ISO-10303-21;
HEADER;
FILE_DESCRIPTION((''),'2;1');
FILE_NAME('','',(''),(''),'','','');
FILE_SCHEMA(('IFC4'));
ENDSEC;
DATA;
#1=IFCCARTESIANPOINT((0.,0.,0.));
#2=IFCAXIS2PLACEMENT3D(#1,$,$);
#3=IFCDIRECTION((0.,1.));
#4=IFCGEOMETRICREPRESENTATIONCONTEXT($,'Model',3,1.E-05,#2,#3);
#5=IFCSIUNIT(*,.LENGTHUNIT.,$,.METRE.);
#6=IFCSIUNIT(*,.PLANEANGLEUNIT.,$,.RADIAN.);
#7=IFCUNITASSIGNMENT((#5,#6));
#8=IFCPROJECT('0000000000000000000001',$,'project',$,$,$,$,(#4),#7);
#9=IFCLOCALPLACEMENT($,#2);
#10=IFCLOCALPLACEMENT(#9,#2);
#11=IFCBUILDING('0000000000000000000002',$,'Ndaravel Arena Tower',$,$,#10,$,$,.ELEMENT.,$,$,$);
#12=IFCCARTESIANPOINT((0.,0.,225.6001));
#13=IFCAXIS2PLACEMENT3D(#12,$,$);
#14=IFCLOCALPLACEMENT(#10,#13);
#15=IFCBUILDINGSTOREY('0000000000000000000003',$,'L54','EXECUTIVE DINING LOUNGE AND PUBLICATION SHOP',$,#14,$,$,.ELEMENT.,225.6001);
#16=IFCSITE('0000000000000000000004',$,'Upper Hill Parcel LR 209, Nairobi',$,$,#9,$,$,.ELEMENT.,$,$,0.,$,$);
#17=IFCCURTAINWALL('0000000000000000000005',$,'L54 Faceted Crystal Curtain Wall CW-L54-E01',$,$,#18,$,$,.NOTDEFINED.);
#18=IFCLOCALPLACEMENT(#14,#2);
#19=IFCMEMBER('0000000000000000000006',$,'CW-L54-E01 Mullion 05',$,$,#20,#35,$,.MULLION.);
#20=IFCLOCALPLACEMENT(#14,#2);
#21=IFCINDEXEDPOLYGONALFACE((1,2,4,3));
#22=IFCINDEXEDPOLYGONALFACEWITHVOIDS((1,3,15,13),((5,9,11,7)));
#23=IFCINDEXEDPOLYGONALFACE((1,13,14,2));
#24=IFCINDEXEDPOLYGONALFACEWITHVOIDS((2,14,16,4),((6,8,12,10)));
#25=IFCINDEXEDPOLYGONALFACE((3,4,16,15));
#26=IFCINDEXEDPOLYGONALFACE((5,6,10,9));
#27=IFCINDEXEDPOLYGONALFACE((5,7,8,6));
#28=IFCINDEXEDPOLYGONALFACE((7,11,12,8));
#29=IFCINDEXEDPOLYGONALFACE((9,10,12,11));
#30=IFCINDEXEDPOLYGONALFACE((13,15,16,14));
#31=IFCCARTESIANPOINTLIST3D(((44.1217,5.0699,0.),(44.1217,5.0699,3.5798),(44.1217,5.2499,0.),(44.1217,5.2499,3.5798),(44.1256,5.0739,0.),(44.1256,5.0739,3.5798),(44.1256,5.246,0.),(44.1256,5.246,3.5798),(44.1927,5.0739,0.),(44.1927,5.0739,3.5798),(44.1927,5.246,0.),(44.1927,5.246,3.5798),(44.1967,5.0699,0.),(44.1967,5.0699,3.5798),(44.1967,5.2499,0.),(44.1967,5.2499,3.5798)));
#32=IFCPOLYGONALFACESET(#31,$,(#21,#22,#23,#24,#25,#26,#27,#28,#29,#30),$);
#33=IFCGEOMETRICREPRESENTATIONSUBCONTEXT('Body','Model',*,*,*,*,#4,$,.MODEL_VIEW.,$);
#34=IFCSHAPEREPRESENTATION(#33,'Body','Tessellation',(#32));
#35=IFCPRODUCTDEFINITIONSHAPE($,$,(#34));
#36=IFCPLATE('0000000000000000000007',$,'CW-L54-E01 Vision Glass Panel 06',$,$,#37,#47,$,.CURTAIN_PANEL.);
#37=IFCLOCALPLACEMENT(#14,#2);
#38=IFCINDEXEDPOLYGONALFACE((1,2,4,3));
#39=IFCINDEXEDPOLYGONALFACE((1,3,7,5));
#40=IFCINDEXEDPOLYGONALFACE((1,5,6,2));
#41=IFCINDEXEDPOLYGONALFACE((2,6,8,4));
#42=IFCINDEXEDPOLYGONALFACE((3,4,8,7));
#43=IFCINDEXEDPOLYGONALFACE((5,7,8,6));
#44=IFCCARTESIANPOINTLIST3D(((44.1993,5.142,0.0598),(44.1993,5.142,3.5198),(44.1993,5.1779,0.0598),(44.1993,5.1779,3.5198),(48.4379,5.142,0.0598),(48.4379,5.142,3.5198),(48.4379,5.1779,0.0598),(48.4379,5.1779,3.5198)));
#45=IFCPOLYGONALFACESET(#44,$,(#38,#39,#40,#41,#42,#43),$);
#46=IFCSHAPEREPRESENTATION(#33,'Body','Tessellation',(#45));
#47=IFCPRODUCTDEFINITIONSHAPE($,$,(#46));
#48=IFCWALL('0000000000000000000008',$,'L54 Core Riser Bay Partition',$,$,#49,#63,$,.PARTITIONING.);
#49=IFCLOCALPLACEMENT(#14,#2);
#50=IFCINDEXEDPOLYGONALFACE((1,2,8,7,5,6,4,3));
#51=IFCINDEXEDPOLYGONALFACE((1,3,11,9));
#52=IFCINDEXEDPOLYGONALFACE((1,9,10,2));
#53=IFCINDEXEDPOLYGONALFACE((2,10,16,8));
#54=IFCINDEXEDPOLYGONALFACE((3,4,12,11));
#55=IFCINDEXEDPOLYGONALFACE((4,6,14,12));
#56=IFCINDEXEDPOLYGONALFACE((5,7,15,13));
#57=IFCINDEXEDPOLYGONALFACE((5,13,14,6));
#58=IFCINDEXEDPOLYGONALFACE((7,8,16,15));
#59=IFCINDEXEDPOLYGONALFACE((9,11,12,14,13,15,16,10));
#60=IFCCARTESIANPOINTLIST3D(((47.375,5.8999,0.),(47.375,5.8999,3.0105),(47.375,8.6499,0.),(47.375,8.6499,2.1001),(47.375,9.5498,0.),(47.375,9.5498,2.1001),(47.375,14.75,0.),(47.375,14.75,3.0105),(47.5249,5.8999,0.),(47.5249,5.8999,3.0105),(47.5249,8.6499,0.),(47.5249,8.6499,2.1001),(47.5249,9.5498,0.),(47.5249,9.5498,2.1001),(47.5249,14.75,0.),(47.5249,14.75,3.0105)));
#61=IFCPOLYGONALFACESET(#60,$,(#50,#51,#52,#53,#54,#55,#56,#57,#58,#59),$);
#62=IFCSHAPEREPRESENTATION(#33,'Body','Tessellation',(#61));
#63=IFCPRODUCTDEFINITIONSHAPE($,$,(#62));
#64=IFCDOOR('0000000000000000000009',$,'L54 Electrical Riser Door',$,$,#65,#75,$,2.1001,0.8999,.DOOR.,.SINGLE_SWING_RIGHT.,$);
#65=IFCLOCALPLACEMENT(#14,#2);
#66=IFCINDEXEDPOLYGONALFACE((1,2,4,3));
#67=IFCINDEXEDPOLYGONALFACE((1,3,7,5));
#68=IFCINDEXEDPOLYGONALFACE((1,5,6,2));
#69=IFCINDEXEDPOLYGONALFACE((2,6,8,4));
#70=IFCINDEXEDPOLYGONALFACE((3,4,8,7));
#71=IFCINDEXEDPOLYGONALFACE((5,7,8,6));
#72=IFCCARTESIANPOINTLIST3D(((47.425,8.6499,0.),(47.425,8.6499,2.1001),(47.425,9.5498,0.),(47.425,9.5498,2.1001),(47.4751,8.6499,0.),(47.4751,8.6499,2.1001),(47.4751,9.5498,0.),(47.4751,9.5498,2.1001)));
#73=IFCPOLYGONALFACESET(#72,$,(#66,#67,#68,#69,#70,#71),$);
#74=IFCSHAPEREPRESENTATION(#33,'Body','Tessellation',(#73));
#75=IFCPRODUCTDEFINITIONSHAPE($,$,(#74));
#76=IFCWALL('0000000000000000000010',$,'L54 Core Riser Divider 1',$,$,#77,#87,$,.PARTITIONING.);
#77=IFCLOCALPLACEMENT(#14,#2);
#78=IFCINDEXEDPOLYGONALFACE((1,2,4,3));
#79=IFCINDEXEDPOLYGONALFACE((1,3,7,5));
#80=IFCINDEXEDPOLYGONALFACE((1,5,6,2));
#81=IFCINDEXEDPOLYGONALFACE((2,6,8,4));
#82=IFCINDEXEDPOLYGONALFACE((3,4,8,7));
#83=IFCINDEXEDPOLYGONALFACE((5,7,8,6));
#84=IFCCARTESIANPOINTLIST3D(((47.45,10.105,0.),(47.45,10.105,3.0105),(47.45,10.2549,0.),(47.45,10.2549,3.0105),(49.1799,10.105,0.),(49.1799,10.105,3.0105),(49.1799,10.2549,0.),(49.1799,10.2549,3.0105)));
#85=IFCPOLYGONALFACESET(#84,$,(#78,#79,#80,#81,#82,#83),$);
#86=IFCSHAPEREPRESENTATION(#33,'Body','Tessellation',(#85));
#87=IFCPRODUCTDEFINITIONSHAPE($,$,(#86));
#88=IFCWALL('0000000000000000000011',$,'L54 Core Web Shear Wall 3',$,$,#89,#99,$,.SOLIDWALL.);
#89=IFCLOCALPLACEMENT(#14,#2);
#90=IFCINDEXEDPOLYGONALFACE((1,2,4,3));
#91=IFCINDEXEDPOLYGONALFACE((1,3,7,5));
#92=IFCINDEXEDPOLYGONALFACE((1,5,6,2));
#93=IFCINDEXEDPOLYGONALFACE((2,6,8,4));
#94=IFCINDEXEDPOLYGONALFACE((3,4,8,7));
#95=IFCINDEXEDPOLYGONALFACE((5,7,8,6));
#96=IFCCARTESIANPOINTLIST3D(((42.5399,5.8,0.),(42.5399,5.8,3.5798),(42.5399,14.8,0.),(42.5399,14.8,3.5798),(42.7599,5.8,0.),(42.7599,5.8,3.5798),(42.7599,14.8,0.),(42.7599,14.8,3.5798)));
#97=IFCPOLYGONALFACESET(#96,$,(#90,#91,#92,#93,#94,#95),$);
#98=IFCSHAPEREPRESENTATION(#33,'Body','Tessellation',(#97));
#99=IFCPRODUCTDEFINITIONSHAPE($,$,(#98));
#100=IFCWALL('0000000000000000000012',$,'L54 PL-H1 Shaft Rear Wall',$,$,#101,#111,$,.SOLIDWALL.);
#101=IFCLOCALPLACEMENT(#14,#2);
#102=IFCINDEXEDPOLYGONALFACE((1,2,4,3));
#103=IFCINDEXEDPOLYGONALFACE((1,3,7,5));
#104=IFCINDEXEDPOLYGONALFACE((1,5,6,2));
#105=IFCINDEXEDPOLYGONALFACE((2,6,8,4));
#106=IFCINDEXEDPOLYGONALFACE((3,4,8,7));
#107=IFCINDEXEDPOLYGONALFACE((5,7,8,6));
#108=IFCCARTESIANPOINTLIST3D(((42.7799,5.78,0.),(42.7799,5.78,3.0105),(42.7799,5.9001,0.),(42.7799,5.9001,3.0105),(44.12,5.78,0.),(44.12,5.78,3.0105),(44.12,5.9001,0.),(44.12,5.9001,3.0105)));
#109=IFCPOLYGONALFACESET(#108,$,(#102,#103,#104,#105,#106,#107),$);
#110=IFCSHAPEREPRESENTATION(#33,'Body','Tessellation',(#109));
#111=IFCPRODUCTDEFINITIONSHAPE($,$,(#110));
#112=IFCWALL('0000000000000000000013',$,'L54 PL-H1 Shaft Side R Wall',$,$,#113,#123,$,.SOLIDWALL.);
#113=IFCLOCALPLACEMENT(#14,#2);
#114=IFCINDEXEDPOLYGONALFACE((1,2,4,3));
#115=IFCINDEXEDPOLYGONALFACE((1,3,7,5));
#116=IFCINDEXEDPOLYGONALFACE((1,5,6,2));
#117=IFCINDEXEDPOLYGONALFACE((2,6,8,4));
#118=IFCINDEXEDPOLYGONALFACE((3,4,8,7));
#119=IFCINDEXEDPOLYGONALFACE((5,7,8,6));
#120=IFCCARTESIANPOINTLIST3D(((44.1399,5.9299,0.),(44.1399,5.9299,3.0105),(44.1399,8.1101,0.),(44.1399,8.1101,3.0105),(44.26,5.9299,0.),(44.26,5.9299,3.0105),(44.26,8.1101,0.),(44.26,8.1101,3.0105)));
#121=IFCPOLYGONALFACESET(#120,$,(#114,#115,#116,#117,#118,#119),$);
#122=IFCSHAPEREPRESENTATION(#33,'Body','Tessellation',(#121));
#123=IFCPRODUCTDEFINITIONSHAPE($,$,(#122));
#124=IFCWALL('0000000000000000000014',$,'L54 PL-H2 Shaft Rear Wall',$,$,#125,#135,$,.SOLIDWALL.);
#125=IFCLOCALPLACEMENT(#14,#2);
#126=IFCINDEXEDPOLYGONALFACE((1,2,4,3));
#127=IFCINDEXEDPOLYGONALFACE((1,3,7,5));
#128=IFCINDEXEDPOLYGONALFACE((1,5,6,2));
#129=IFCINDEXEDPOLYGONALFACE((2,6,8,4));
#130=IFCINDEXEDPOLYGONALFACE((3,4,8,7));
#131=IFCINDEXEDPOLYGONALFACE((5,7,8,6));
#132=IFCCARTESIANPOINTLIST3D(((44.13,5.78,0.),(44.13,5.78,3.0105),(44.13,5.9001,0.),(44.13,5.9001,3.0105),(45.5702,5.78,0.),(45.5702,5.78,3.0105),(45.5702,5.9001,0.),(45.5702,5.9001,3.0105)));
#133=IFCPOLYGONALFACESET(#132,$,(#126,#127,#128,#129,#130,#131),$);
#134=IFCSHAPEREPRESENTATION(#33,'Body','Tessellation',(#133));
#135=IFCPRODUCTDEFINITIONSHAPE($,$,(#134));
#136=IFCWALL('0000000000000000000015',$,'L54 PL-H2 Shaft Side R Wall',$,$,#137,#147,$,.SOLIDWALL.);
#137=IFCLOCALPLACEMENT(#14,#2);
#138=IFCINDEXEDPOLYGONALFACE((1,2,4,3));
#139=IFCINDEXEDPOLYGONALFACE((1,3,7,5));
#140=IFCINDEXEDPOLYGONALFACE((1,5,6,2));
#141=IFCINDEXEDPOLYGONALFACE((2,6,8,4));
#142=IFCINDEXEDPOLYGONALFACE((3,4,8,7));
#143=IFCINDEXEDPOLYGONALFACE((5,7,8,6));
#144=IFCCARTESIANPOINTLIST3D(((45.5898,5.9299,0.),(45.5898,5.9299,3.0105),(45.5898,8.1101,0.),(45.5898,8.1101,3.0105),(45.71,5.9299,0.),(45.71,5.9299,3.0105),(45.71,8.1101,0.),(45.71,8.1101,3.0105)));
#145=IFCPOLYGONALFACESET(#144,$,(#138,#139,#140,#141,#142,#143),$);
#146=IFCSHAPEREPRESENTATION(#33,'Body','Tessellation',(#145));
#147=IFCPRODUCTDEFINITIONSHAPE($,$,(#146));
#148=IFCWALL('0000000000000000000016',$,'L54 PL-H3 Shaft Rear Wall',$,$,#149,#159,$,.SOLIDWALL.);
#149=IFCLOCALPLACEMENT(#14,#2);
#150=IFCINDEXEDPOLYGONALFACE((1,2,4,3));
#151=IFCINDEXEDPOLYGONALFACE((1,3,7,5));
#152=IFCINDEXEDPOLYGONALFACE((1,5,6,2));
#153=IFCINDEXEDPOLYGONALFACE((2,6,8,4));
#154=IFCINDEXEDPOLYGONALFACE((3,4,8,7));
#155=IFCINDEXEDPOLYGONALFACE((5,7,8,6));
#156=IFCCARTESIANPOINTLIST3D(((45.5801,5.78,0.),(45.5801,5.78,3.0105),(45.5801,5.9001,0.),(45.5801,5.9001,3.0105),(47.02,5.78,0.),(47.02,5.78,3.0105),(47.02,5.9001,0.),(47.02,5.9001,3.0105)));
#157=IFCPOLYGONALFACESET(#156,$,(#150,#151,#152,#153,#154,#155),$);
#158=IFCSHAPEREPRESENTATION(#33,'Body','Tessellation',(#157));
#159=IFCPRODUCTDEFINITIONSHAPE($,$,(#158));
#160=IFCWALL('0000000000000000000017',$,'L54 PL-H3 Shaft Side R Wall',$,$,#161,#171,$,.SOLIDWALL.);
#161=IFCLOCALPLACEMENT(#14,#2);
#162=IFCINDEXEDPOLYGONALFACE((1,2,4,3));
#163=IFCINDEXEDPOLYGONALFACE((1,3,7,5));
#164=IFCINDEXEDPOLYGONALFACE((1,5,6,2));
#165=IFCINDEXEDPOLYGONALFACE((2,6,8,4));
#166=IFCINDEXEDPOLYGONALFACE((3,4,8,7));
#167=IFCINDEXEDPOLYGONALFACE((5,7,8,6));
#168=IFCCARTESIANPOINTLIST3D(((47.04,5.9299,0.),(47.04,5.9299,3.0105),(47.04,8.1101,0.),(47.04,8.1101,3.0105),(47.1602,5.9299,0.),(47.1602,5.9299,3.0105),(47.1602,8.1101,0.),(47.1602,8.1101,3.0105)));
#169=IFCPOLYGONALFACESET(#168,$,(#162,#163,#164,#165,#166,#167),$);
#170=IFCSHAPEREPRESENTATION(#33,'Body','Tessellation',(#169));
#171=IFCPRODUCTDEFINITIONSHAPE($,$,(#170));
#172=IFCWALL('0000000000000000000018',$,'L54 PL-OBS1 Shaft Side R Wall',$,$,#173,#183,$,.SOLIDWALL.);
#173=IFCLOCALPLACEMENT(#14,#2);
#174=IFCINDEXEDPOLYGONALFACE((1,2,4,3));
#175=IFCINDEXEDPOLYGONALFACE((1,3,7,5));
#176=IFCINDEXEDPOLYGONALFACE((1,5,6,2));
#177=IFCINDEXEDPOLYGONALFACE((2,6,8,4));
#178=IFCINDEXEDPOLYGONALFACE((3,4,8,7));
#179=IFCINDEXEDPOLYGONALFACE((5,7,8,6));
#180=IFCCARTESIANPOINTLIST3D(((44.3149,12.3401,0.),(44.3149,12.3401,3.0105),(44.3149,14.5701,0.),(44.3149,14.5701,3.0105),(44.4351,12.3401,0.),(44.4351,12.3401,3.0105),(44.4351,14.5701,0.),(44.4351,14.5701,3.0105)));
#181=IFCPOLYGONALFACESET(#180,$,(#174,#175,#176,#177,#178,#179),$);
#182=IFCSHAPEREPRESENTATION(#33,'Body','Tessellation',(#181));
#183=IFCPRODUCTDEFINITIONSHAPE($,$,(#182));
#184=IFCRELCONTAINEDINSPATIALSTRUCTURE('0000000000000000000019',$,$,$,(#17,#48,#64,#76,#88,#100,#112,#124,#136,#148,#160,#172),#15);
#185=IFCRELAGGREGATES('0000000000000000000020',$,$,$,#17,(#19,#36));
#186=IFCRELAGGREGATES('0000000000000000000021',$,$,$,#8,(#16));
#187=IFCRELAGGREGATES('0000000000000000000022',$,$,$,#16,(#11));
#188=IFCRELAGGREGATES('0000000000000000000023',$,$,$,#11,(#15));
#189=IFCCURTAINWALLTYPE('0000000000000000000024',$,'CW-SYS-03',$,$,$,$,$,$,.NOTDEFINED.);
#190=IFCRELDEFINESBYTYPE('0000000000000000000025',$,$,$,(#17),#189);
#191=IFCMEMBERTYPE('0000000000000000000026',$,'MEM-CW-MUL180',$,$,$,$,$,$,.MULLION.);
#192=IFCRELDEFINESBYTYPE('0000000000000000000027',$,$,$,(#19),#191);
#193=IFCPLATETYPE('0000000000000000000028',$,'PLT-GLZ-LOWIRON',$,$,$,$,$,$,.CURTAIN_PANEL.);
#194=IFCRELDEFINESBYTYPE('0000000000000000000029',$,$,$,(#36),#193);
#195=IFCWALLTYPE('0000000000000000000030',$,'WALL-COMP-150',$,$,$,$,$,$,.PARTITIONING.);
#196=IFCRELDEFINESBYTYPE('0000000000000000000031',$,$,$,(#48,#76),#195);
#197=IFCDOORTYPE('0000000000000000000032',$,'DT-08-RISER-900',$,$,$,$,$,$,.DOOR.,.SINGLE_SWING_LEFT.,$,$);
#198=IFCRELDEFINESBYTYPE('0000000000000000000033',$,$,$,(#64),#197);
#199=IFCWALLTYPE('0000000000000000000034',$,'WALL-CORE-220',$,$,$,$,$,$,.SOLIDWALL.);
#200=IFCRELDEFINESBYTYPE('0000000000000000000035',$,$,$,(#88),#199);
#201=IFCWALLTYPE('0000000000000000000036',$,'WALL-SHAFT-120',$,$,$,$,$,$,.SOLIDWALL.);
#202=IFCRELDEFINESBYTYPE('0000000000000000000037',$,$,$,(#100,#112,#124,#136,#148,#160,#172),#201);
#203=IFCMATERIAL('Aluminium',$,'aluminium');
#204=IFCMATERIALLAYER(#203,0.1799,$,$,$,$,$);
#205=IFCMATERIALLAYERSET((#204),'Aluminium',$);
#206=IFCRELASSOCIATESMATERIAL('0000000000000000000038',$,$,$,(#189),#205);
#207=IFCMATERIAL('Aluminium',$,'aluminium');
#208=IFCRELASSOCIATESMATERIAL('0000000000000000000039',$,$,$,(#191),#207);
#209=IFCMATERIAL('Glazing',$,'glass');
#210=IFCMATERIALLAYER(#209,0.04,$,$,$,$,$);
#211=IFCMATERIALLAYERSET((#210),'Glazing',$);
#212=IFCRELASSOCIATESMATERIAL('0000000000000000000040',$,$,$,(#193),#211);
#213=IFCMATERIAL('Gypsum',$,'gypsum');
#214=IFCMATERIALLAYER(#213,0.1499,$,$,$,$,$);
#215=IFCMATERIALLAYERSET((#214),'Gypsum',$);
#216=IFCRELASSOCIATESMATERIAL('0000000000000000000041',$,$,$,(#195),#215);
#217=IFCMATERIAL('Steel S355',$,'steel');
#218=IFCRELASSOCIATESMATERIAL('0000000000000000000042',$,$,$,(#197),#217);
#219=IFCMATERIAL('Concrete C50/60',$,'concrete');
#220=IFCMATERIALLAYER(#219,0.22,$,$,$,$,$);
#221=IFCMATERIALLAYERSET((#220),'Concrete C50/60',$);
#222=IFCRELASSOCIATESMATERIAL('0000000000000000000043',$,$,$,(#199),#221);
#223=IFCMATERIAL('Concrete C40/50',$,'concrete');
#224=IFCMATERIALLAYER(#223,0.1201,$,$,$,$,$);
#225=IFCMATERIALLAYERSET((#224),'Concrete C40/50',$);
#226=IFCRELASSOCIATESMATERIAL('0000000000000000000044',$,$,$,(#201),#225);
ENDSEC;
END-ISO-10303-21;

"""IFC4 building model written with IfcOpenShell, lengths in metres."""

from ifc_helpers import new_model, si_unit, direction, frame, frame_2d, origin, origin_2d, place, context, subcontext, project, spatial, rectangle, hollow_rectangle, extrude, material, layer, layer_set, material_profile, profile_set, type_object, element, fill, aggregate, save


model = new_model("IFC4")

# Units and contexts
model_context = context("Model", 3, precision=1e-05, world=origin(), true_north=direction((0.0, 1.0)))
body_context = subcontext(model_context, "Body", "Model", "MODEL_VIEW")
ifc_project = project(units=[si_unit("LENGTHUNIT", "METRE"), si_unit("PLANEANGLEUNIT", "RADIAN")], contexts=[model_context])

# Site, building, storey
site_placement = place(None, origin())
site = spatial("IfcSite", under=ifc_project, at=site_placement, Name="Upper Hill Parcel LR 209, Nairobi", CompositionType="ELEMENT", RefElevation=0.0)
building_placement = place(site_placement, origin())
building = spatial("IfcBuilding", under=site, at=building_placement, Name="Ndaravel Arena Tower", CompositionType="ELEMENT")
storey_placement = place(building_placement, frame((0.0, 0.0, 225.6001)))
storey = spatial("IfcBuildingStorey", under=building, at=storey_placement, Name="L54", Description="EXECUTIVE DINING LOUNGE AND PUBLICATION SHOP", CompositionType="ELEMENT", Elevation=225.6001)

# Curtain wall, member, plate
ifc_material_1 = material(Name="Aluminium", Category="aluminium")
ifc_layer_1 = layer(ifc_material_1, 0.1799)
ifc_layer_set_1 = layer_set([ifc_layer_1], Name="Aluminium")
curtain_wall_type = type_object("IfcCurtainWallType", Name="CW-SYS-03", PredefinedType="NOTDEFINED", material=ifc_layer_set_1)
curtain_wall_placement = place(storey_placement, origin())
curtain_wall = element("IfcCurtainWall", 1, at=curtain_wall_placement, inside=storey, type_object=curtain_wall_type, Name="L54 Faceted Crystal Curtain Wall CW-L54-E01", PredefinedType="NOTDEFINED")
ifc_material_2 = material(Name="Aluminium", Category="aluminium")
ifc_material_profile = material_profile(ifc_material_2, hollow_rectangle(XDim=0.075, YDim=0.1799, WallThickness=0.0039, at=origin_2d()), Name="CW MULLION 75x180x4")
ifc_profile_set = profile_set([ifc_material_profile], Name="Aluminium")
member_type = type_object("IfcMemberType", Name="MEM-CW-MUL180", PredefinedType="MULLION", material=ifc_profile_set)
member_placement = place(storey_placement, frame((44.1592, 5.1599, 0.0), z_axis=(0.0, 0.0, 1.0), x_axis=(1.0, 0.0, 0.0)))
member = element("IfcMember", 2, at=member_placement, type_object=member_type, Name="CW-L54-E01 Mullion 05", PredefinedType="MULLION", context=body_context, shape_type="SweptSolid", body=[
    extrude(hollow_rectangle(XDim=0.075, YDim=0.1799, WallThickness=0.0039, at=origin_2d()), origin(), (0.0, 0.0, 1.0), 3.5798),
])
ifc_material_3 = material(Name="Glazing", Category="glass")
ifc_layer_2 = layer(ifc_material_3, 0.04)
ifc_layer_set_2 = layer_set([ifc_layer_2], Name="Glazing")
plate_type = type_object("IfcPlateType", Name="PLT-GLZ-LOWIRON", PredefinedType="CURTAIN_PANEL", material=ifc_layer_set_2)
plate_placement = place(storey_placement, frame((46.3186, 5.1599, 0.0598), z_axis=(0.0, 0.0, 1.0), x_axis=(1.0, 0.0, 0.0)))
plate = element("IfcPlate", 3, at=plate_placement, type_object=plate_type, Name="CW-L54-E01 Vision Glass Panel 06", PredefinedType="CURTAIN_PANEL", context=body_context, shape_type="SweptSolid", body=[
    extrude(rectangle(XDim=4.2385, YDim=0.0359, at=origin_2d()), origin(), (0.0, 0.0, 1.0), 3.46),
])
aggregate(curtain_wall, [member, plate])

# Wall, opening, door
ifc_material_4 = material(Name="Gypsum", Category="gypsum")
ifc_layer_3 = layer(ifc_material_4, 0.1499)
ifc_layer_set_3 = layer_set([ifc_layer_3], Name="Gypsum")
wall_type_1 = type_object("IfcWallType", Name="WALL-COMP-150", PredefinedType="PARTITIONING", material=ifc_layer_set_3)
wall_1_placement = place(storey_placement, frame((47.45, 5.8999, 0.0), z_axis=(0.0, 0.0, 1.0), x_axis=(0.0, 1.0, 0.0)))
wall_1 = element("IfcWall", 4, at=wall_1_placement, inside=storey, type_object=wall_type_1, Name="L54 Core Riser Bay Partition", PredefinedType="PARTITIONING", context=body_context, shape_type="SweptSolid", body=[
    extrude(rectangle(XDim=8.8501, YDim=0.1499, at=frame_2d((4.425, 0.0))), origin(), (0.0, 0.0, 1.0), 3.0105),
])
opening_1_placement = place(wall_1_placement, frame((2.75, 0.0, 0.0)))
opening_1 = element("IfcOpeningElement", 5, at=opening_1_placement, cuts=wall_1, PredefinedType="OPENING", context=body_context, shape_type="SweptSolid", body=[
    extrude(rectangle(XDim=0.8999, YDim=2.1001, at=frame_2d((0.45, 1.05))), frame((0.0, 0.075, 0.0), z_axis=(0.0, -1.0, 0.0), x_axis=(1.0, 0.0, 0.0)), (0.0, 0.0, 1.0), 0.1499),
])
ifc_material_5 = material(Name="Steel S355", Category="steel")
door_type_1 = type_object("IfcDoorType", Name="DT-08-RISER-900", OperationType="SINGLE_SWING_LEFT", PredefinedType="DOOR", material=ifc_material_5)
door_1_placement = place(opening_1_placement, origin())
door_1 = element("IfcDoor", 6, at=door_1_placement, inside=storey, type_object=door_type_1, Name="L54 Electrical Riser Door", OperationType="SINGLE_SWING_RIGHT", OverallHeight=2.1001, OverallWidth=0.8999, PredefinedType="DOOR", context=body_context, shape_type="SweptSolid", body=[
    extrude(rectangle(XDim=0.8999, YDim=2.1001, at=frame_2d((0.45, 1.05))), frame((0.0, 0.0249, 0.0), z_axis=(0.0, -1.0, 0.0), x_axis=(1.0, 0.0, 0.0)), (0.0, 0.0, 1.0), 0.05),
])
fill(opening_1, door_1)

# Walls
wall_2_placement = place(storey_placement, frame((47.45, 10.1799, 0.0), z_axis=(0.0, 0.0, 1.0), x_axis=(1.0, 0.0, 0.0)))
element("IfcWall", 7, at=wall_2_placement, inside=storey, type_object=wall_type_1, Name="L54 Core Riser Divider 1", PredefinedType="PARTITIONING", context=body_context, shape_type="SweptSolid", body=[
    extrude(rectangle(XDim=1.73, YDim=0.1499, at=frame_2d((0.865, 0.0))), origin(), (0.0, 0.0, 1.0), 3.0105),
])
ifc_material_6 = material(Name="Concrete C50/60", Category="concrete")
ifc_layer_4 = layer(ifc_material_6, 0.22)
ifc_layer_set_4 = layer_set([ifc_layer_4], Name="Concrete C50/60")
wall_type_2 = type_object("IfcWallType", Name="WALL-CORE-220", PredefinedType="SOLIDWALL", material=ifc_layer_set_4)
wall_3_placement = place(storey_placement, frame((42.6499, 5.8, 0.0), z_axis=(0.0, 0.0, 1.0), x_axis=(0.0, 1.0, 0.0)))
element("IfcWall", 8, at=wall_3_placement, inside=storey, type_object=wall_type_2, Name="L54 Core Web Shear Wall 3", PredefinedType="SOLIDWALL", context=body_context, shape_type="SweptSolid", body=[
    extrude(rectangle(XDim=9.0, YDim=0.22, at=frame_2d((4.5, 0.0))), origin(), (0.0, 0.0, 1.0), 3.5798),
])
ifc_material_7 = material(Name="Concrete C40/50", Category="concrete")
ifc_layer_5 = layer(ifc_material_7, 0.1201)
ifc_layer_set_5 = layer_set([ifc_layer_5], Name="Concrete C40/50")
wall_type_3 = type_object("IfcWallType", Name="WALL-SHAFT-120", PredefinedType="SOLIDWALL", material=ifc_layer_set_5)
wall_4_placement = place(storey_placement, frame((42.78, 5.8401, 0.0), z_axis=(0.0, 0.0, 1.0), x_axis=(1.0, 0.0, 0.0)))
element("IfcWall", 9, at=wall_4_placement, inside=storey, type_object=wall_type_3, Name="L54 PL-H1 Shaft Rear Wall", PredefinedType="SOLIDWALL", context=body_context, shape_type="SweptSolid", body=[
    extrude(rectangle(XDim=1.3401, YDim=0.1201, at=frame_2d((0.6699, 0.0))), origin(), (0.0, 0.0, 1.0), 3.0105),
])
wall_5_placement = place(storey_placement, frame((44.2, 5.9299, 0.0), z_axis=(0.0, 0.0, 1.0), x_axis=(0.0, 1.0, 0.0)))
element("IfcWall", 10, at=wall_5_placement, inside=storey, type_object=wall_type_3, Name="L54 PL-H1 Shaft Side R Wall", PredefinedType="SOLIDWALL", context=body_context, shape_type="SweptSolid", body=[
    extrude(rectangle(XDim=2.1802, YDim=0.1201, at=frame_2d((1.0901, 0.0))), origin(), (0.0, 0.0, 1.0), 3.0105),
])
wall_6_placement = place(storey_placement, frame((44.1299, 5.8401, 0.0), z_axis=(0.0, 0.0, 1.0), x_axis=(1.0, 0.0, 0.0)))
element("IfcWall", 11, at=wall_6_placement, inside=storey, type_object=wall_type_3, Name="L54 PL-H2 Shaft Rear Wall", PredefinedType="SOLIDWALL", context=body_context, shape_type="SweptSolid", body=[
    extrude(rectangle(XDim=1.4402, YDim=0.1201, at=frame_2d((0.7202, 0.0))), origin(), (0.0, 0.0, 1.0), 3.0105),
])
wall_7_placement = place(storey_placement, frame((45.6499, 5.9299, 0.0), z_axis=(0.0, 0.0, 1.0), x_axis=(0.0, 1.0, 0.0)))
element("IfcWall", 12, at=wall_7_placement, inside=storey, type_object=wall_type_3, Name="L54 PL-H2 Shaft Side R Wall", PredefinedType="SOLIDWALL", context=body_context, shape_type="SweptSolid", body=[
    extrude(rectangle(XDim=2.1802, YDim=0.1201, at=frame_2d((1.0901, 0.0))), origin(), (0.0, 0.0, 1.0), 3.0105),
])
wall_8_placement = place(storey_placement, frame((45.5801, 5.8401, 0.0), z_axis=(0.0, 0.0, 1.0), x_axis=(1.0, 0.0, 0.0)))
element("IfcWall", 13, at=wall_8_placement, inside=storey, type_object=wall_type_3, Name="L54 PL-H3 Shaft Rear Wall", PredefinedType="SOLIDWALL", context=body_context, shape_type="SweptSolid", body=[
    extrude(rectangle(XDim=1.4399, YDim=0.1201, at=frame_2d((0.72, 0.0))), origin(), (0.0, 0.0, 1.0), 3.0105),
])
wall_9_placement = place(storey_placement, frame((47.1001, 5.9299, 0.0), z_axis=(0.0, 0.0, 1.0), x_axis=(0.0, 1.0, 0.0)))
element("IfcWall", 14, at=wall_9_placement, inside=storey, type_object=wall_type_3, Name="L54 PL-H3 Shaft Side R Wall", PredefinedType="SOLIDWALL", context=body_context, shape_type="SweptSolid", body=[
    extrude(rectangle(XDim=2.1802, YDim=0.1201, at=frame_2d((1.0901, 0.0))), origin(), (0.0, 0.0, 1.0), 3.0105),
])
wall_10_placement = place(storey_placement, frame((44.375, 12.3401, 0.0), z_axis=(0.0, 0.0, 1.0), x_axis=(0.0, 1.0, 0.0)))
element("IfcWall", 15, at=wall_10_placement, inside=storey, type_object=wall_type_3, Name="L54 PL-OBS1 Shaft Side R Wall", PredefinedType="SOLIDWALL", context=body_context, shape_type="SweptSolid", body=[
    extrude(rectangle(XDim=2.23, YDim=0.1201, at=frame_2d((1.115, 0.0))), origin(), (0.0, 0.0, 1.0), 3.0105),
])

save(model, "model.ifc")
